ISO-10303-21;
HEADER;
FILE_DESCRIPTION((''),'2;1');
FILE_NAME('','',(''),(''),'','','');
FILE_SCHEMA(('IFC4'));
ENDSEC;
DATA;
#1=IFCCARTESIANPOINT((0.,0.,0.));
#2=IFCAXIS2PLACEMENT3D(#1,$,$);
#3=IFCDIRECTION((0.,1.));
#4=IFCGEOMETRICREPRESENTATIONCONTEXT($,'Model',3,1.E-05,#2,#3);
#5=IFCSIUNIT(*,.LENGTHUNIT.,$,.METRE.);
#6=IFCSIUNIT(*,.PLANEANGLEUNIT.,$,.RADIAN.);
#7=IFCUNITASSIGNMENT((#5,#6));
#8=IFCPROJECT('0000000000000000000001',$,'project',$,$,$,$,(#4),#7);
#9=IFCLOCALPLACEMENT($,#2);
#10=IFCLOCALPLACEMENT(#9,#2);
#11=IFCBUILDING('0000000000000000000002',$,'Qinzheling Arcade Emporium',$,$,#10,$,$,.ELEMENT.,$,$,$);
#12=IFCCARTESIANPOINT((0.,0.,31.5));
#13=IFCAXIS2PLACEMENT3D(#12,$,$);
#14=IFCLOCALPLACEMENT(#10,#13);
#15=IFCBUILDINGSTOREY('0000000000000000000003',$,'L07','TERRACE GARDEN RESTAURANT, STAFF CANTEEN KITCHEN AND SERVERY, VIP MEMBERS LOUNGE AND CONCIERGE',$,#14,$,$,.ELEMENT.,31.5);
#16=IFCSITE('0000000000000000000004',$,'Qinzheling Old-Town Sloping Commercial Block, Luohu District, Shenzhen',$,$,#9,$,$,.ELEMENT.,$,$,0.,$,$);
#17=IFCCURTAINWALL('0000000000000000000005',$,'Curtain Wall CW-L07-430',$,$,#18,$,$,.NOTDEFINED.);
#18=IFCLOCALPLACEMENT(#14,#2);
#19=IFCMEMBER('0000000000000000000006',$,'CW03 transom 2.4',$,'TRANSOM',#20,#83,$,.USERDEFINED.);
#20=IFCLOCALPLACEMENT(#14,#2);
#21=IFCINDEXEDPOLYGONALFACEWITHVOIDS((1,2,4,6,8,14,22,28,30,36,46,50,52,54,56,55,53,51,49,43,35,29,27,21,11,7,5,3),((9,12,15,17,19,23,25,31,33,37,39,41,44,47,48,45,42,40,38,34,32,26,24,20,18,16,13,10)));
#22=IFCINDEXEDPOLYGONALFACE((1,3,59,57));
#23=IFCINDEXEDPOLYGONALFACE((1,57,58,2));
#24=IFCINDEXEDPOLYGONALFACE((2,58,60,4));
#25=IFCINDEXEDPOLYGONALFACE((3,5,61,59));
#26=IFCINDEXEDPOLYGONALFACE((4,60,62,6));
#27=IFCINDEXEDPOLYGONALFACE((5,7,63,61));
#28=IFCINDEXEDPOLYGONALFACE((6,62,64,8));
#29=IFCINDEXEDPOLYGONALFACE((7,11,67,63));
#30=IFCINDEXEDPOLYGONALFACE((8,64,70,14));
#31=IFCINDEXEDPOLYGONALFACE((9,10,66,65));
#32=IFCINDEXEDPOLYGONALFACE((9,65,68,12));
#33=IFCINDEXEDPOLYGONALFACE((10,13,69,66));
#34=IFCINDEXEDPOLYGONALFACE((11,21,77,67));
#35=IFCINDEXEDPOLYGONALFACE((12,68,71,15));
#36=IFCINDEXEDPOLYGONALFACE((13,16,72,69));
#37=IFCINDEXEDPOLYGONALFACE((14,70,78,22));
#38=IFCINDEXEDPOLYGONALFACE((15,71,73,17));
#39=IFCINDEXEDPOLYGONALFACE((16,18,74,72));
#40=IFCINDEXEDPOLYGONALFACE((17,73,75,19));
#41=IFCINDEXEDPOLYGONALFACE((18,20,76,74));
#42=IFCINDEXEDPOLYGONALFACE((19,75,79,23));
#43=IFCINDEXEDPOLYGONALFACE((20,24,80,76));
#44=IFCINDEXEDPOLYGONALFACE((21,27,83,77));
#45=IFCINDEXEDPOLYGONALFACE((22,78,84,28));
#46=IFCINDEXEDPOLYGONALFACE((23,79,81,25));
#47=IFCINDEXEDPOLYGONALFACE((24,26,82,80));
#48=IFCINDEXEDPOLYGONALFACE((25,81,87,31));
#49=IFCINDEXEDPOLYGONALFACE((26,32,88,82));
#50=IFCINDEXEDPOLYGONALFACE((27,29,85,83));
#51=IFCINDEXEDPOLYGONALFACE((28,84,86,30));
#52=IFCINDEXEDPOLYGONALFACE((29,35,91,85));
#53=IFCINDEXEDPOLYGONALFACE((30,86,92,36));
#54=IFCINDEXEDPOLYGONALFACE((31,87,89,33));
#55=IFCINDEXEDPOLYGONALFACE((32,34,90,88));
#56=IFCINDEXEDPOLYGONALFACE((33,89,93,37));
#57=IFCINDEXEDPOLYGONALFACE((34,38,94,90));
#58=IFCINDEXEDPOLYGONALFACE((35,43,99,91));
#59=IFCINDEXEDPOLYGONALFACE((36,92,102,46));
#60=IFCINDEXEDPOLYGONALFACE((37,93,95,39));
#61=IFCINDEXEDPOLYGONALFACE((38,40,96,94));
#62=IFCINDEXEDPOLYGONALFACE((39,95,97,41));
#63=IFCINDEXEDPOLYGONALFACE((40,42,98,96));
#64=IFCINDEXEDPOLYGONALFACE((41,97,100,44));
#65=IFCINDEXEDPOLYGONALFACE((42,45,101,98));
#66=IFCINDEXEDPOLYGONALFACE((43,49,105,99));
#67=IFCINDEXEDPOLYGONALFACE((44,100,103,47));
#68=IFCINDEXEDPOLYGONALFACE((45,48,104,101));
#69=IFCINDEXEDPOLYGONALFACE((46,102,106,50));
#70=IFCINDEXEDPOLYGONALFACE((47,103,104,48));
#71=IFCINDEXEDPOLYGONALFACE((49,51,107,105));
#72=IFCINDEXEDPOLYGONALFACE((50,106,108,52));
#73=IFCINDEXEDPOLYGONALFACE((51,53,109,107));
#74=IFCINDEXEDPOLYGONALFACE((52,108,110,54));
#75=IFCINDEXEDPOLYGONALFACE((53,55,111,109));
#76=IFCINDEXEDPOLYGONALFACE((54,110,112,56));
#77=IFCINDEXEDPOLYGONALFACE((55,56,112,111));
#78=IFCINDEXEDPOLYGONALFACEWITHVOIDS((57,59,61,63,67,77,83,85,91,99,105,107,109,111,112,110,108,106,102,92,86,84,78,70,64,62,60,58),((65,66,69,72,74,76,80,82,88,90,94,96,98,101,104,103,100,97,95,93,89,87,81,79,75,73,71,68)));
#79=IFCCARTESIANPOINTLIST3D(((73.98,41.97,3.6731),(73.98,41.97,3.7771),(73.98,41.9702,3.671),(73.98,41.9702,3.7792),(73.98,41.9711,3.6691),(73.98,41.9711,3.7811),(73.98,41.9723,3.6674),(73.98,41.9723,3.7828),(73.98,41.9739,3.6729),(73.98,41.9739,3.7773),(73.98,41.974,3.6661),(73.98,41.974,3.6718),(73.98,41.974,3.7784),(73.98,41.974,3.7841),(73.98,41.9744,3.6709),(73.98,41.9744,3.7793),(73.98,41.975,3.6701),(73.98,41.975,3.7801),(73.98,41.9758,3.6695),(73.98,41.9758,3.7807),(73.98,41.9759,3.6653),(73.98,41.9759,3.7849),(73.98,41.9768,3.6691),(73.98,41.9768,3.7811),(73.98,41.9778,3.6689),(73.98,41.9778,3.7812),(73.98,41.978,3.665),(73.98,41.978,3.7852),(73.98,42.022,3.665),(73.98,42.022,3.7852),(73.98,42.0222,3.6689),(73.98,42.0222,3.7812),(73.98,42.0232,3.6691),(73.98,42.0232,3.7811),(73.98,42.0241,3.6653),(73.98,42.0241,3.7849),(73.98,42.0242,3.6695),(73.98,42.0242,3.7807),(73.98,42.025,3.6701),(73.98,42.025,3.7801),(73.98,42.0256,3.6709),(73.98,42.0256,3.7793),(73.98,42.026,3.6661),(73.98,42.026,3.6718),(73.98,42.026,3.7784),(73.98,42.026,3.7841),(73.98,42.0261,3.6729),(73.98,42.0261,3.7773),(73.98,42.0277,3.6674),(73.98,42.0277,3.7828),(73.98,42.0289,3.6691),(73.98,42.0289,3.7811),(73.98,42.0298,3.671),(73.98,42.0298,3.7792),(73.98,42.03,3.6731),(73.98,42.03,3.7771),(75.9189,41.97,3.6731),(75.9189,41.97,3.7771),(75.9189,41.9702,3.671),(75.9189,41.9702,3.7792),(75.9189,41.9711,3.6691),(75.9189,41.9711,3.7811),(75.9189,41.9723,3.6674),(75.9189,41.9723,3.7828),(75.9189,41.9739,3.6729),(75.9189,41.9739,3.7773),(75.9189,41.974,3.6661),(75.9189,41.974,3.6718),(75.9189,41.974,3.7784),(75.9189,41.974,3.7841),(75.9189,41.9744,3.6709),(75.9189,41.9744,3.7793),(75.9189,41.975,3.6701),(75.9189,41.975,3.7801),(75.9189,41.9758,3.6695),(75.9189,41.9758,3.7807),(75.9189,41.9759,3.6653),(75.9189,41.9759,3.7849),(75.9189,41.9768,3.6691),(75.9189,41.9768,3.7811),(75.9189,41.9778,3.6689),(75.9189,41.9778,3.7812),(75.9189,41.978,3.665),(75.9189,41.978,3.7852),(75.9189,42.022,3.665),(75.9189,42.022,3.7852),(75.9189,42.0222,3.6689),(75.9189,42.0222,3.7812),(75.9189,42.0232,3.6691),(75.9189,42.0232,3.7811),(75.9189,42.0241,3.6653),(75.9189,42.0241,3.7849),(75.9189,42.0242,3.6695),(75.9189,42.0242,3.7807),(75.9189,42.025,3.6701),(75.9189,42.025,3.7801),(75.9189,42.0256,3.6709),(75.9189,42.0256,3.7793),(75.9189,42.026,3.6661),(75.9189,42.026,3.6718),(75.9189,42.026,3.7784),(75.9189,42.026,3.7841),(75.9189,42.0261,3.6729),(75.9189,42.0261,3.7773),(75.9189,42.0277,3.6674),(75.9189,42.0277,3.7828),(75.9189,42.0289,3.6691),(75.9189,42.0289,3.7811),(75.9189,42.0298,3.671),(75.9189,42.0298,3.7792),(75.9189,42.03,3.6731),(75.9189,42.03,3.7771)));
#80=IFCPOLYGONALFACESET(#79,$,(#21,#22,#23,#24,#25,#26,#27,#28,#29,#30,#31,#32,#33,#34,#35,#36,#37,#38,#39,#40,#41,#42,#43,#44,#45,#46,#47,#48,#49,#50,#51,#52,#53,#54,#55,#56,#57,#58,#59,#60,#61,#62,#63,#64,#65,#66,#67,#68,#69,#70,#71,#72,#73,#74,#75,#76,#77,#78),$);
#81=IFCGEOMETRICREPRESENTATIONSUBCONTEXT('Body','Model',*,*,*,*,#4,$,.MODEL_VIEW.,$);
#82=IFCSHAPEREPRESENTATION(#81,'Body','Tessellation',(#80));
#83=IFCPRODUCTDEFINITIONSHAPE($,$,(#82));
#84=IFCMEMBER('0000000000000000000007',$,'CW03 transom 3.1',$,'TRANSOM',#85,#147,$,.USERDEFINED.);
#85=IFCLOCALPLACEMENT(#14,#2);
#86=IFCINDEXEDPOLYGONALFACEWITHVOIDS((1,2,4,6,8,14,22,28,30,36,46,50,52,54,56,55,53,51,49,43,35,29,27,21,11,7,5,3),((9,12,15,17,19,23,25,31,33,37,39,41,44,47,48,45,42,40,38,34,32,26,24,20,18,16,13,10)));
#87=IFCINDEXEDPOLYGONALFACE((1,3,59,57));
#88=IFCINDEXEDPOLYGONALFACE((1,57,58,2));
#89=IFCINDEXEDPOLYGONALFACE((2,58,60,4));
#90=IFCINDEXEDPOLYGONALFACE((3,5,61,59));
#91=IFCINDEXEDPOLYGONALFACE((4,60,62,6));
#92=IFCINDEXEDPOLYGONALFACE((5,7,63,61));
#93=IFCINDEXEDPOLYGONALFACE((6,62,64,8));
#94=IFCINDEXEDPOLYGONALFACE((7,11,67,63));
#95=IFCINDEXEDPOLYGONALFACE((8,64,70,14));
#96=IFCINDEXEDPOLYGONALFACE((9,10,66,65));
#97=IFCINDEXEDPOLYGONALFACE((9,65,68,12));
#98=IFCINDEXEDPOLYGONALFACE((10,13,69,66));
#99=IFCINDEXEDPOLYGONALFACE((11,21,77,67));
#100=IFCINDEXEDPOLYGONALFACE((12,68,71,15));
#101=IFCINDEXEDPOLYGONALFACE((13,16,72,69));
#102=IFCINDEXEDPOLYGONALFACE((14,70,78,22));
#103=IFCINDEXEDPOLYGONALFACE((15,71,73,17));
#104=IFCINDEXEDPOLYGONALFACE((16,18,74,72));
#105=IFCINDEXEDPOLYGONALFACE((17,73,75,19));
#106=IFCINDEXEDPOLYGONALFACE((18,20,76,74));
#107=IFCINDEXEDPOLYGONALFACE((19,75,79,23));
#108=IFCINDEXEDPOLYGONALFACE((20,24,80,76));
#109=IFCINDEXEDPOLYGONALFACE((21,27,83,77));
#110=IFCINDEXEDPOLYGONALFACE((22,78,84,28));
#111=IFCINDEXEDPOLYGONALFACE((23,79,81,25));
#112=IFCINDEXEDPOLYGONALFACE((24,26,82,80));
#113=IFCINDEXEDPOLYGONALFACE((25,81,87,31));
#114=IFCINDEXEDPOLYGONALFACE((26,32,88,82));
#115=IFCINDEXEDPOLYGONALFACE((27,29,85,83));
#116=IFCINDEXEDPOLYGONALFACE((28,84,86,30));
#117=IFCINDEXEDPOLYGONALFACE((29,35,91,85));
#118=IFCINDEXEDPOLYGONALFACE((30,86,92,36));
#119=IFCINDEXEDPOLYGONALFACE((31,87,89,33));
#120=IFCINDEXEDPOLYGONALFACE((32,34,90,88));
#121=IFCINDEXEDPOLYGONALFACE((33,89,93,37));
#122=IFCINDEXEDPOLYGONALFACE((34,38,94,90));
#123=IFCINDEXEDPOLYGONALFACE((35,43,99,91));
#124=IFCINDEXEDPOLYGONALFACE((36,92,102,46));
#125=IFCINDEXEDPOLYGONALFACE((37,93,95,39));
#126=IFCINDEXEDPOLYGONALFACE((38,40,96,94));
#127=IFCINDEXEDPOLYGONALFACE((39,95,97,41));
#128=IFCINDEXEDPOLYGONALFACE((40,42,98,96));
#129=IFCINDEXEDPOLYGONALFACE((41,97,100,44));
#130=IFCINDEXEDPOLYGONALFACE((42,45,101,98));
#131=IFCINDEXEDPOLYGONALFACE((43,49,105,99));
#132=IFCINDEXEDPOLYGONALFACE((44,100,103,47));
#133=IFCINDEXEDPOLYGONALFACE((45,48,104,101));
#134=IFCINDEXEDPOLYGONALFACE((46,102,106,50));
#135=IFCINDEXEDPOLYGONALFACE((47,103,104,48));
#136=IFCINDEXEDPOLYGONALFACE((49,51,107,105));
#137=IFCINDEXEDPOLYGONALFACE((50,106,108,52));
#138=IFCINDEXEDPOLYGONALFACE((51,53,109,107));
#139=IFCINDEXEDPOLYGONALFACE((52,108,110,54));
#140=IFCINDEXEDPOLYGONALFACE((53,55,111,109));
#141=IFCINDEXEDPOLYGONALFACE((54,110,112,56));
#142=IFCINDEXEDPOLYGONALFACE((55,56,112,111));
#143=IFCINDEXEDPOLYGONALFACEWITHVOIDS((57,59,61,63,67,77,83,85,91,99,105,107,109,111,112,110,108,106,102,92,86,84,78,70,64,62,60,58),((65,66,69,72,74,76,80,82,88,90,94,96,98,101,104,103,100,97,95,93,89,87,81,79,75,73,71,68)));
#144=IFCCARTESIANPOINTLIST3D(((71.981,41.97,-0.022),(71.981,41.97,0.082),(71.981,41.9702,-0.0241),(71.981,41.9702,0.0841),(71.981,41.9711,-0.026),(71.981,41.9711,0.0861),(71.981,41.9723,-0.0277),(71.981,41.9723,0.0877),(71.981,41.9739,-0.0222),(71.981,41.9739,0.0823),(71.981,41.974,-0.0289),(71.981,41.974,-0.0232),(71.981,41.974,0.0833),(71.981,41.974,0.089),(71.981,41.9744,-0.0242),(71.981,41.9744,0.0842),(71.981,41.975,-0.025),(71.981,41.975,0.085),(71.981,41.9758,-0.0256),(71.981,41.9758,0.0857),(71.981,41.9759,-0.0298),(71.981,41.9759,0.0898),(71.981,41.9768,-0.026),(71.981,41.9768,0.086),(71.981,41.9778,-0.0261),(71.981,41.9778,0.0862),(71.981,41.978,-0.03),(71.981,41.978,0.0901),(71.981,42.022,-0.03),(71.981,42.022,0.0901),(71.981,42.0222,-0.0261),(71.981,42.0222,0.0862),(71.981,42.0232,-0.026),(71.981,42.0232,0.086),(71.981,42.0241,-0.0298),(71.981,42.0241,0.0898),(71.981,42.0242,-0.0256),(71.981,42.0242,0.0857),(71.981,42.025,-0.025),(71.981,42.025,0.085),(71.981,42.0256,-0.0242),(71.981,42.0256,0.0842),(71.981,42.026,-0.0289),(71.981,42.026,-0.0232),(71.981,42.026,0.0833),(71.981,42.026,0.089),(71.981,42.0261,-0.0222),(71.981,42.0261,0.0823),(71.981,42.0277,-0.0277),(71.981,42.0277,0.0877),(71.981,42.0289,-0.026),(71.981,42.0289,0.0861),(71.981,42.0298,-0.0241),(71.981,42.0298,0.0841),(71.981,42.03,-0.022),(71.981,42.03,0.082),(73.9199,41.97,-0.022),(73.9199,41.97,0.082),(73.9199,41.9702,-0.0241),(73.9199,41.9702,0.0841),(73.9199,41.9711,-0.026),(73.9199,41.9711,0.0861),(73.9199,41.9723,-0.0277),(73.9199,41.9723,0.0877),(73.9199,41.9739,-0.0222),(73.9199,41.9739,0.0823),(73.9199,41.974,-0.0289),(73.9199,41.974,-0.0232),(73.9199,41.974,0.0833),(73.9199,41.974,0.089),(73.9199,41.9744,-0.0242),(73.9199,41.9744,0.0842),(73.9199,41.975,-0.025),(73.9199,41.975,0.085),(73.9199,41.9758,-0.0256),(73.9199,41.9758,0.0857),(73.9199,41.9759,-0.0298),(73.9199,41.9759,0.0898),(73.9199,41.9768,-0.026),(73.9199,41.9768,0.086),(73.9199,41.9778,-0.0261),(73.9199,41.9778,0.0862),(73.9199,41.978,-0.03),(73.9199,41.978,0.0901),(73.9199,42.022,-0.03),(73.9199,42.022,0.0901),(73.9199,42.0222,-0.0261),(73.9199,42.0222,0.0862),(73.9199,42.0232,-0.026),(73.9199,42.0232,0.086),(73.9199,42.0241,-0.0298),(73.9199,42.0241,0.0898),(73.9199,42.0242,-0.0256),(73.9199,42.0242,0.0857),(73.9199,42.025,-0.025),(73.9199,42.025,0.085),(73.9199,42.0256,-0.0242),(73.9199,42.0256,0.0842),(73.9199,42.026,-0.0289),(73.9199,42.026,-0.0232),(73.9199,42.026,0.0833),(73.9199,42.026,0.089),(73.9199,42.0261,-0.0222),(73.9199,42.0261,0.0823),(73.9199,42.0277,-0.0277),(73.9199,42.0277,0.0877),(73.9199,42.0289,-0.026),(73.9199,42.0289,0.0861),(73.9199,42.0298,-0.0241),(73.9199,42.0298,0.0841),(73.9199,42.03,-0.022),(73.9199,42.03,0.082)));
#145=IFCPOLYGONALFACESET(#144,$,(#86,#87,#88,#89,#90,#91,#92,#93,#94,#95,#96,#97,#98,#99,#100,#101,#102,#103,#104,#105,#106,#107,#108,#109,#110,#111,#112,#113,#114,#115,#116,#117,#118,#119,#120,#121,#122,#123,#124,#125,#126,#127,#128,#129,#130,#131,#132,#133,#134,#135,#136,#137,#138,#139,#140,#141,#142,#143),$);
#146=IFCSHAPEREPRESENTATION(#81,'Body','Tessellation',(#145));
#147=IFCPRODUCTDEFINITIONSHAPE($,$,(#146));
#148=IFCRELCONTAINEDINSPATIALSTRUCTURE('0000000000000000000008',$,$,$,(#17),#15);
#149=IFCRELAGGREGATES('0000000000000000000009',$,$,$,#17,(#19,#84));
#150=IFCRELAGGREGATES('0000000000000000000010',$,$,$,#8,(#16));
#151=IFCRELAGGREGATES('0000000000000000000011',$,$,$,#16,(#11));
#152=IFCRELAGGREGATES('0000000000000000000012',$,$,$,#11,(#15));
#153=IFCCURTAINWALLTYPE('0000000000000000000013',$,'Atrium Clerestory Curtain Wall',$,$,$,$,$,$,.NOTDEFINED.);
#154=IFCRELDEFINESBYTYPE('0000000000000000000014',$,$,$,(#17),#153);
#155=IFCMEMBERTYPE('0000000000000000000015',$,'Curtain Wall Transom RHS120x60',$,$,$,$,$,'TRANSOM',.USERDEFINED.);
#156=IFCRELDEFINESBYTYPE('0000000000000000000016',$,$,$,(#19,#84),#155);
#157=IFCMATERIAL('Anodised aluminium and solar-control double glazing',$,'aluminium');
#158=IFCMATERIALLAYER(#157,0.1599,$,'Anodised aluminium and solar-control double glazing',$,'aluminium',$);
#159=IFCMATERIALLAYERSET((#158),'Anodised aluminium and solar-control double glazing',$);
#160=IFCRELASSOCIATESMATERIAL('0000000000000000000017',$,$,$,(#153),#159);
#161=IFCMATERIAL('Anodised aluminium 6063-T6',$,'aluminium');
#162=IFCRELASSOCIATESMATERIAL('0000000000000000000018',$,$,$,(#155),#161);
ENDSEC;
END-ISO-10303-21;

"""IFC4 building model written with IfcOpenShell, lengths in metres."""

from ifc_helpers import new_model, si_unit, direction, frame, origin, origin_2d, place, context, subcontext, project, spatial, hollow_rectangle, extrude, material, layer, layer_set, material_profile, profile_set, type_object, element, aggregate, save


model = new_model("IFC4")

# Units and contexts
model_context = context("Model", 3, precision=1e-05, world=origin(), true_north=direction((0.0, 1.0)))
body_context = subcontext(model_context, "Body", "Model", "MODEL_VIEW")
ifc_project = project(units=[si_unit("LENGTHUNIT", "METRE"), si_unit("PLANEANGLEUNIT", "RADIAN")], contexts=[model_context])

# Site, building, storey
site_placement = place(None, origin())
site = spatial("IfcSite", under=ifc_project, at=site_placement, Name="Qinzheling Old-Town Sloping Commercial Block, Luohu District, Shenzhen", CompositionType="ELEMENT", RefElevation=0.0)
building_placement = place(site_placement, origin())
building = spatial("IfcBuilding", under=site, at=building_placement, Name="Qinzheling Arcade Emporium", CompositionType="ELEMENT")
storey_placement = place(building_placement, frame((0.0, 0.0, 31.5)))
storey = spatial("IfcBuildingStorey", under=building, at=storey_placement, Name="L07", Description="TERRACE GARDEN RESTAURANT, STAFF CANTEEN KITCHEN AND SERVERY, VIP MEMBERS LOUNGE AND CONCIERGE", CompositionType="ELEMENT", Elevation=31.5)

# Curtain wall, members
ifc_material_1 = material(Name="Anodised aluminium and solar-control double glazing", Category="aluminium")
ifc_layer_1 = layer(ifc_material_1, 0.1599, Name="Anodised aluminium and solar-control double glazing", Category="aluminium")
ifc_layer_set_1 = layer_set([ifc_layer_1], Name="Anodised aluminium and solar-control double glazing")
curtain_wall_type = type_object("IfcCurtainWallType", Name="Atrium Clerestory Curtain Wall", PredefinedType="NOTDEFINED", material=ifc_layer_set_1)
curtain_wall_placement = place(storey_placement, origin())
curtain_wall = element("IfcCurtainWall", 1, at=curtain_wall_placement, inside=storey, type_object=curtain_wall_type, Name="Curtain Wall CW-L07-430", PredefinedType="NOTDEFINED")
ifc_material_2 = material(Name="Anodised aluminium 6063-T6", Category="aluminium")
ifc_material_profile_1 = material_profile(ifc_material_2, hollow_rectangle(XDim=0.0601, YDim=0.1201, WallThickness=0.0039, InnerFilletRadius=0.0039, OuterFilletRadius=0.0081, at=origin_2d()), Name="RHS 120x60x4", Category="aluminium")
ifc_profile_set_1 = profile_set([ifc_material_profile_1], Name="Anodised aluminium 6063-T6")
member_type_1 = type_object("IfcMemberType", Name="Curtain Wall Transom RHS120x60", ElementType="TRANSOM", PredefinedType="USERDEFINED", material=ifc_profile_set_1)
member_1_placement = place(storey_placement, frame((75.9189, 42.0, 3.7251), z_axis=(-1.0, 0.0, 0.0), x_axis=(0.0, -1.0, 0.0)))
member_1 = element("IfcMember", 2, at=member_1_placement, type_object=member_type_1, Name="CW03 transom 2.4", ObjectType="TRANSOM", PredefinedType="USERDEFINED", context=body_context, shape_type="SweptSolid", body=[
    extrude(hollow_rectangle(XDim=0.0601, YDim=0.1201, WallThickness=0.0039, InnerFilletRadius=0.0039, OuterFilletRadius=0.0081, at=origin_2d()), origin(), (0.0, 0.0, 1.0), 1.939),
])
member_2_placement = place(storey_placement, frame((73.9199, 42.0, 0.03), z_axis=(-1.0, 0.0, 0.0), x_axis=(0.0, -1.0, 0.0)))
member_2 = element("IfcMember", 3, at=member_2_placement, type_object=member_type_1, Name="CW03 transom 3.1", ObjectType="TRANSOM", PredefinedType="USERDEFINED", context=body_context, shape_type="SweptSolid", body=[
    extrude(hollow_rectangle(XDim=0.0601, YDim=0.1201, WallThickness=0.0039, InnerFilletRadius=0.0039, OuterFilletRadius=0.0081, at=origin_2d()), origin(), (0.0, 0.0, 1.0), 1.939),
])

aggregate(curtain_wall, [member_1, member_2])

save(model, "model.ifc")
